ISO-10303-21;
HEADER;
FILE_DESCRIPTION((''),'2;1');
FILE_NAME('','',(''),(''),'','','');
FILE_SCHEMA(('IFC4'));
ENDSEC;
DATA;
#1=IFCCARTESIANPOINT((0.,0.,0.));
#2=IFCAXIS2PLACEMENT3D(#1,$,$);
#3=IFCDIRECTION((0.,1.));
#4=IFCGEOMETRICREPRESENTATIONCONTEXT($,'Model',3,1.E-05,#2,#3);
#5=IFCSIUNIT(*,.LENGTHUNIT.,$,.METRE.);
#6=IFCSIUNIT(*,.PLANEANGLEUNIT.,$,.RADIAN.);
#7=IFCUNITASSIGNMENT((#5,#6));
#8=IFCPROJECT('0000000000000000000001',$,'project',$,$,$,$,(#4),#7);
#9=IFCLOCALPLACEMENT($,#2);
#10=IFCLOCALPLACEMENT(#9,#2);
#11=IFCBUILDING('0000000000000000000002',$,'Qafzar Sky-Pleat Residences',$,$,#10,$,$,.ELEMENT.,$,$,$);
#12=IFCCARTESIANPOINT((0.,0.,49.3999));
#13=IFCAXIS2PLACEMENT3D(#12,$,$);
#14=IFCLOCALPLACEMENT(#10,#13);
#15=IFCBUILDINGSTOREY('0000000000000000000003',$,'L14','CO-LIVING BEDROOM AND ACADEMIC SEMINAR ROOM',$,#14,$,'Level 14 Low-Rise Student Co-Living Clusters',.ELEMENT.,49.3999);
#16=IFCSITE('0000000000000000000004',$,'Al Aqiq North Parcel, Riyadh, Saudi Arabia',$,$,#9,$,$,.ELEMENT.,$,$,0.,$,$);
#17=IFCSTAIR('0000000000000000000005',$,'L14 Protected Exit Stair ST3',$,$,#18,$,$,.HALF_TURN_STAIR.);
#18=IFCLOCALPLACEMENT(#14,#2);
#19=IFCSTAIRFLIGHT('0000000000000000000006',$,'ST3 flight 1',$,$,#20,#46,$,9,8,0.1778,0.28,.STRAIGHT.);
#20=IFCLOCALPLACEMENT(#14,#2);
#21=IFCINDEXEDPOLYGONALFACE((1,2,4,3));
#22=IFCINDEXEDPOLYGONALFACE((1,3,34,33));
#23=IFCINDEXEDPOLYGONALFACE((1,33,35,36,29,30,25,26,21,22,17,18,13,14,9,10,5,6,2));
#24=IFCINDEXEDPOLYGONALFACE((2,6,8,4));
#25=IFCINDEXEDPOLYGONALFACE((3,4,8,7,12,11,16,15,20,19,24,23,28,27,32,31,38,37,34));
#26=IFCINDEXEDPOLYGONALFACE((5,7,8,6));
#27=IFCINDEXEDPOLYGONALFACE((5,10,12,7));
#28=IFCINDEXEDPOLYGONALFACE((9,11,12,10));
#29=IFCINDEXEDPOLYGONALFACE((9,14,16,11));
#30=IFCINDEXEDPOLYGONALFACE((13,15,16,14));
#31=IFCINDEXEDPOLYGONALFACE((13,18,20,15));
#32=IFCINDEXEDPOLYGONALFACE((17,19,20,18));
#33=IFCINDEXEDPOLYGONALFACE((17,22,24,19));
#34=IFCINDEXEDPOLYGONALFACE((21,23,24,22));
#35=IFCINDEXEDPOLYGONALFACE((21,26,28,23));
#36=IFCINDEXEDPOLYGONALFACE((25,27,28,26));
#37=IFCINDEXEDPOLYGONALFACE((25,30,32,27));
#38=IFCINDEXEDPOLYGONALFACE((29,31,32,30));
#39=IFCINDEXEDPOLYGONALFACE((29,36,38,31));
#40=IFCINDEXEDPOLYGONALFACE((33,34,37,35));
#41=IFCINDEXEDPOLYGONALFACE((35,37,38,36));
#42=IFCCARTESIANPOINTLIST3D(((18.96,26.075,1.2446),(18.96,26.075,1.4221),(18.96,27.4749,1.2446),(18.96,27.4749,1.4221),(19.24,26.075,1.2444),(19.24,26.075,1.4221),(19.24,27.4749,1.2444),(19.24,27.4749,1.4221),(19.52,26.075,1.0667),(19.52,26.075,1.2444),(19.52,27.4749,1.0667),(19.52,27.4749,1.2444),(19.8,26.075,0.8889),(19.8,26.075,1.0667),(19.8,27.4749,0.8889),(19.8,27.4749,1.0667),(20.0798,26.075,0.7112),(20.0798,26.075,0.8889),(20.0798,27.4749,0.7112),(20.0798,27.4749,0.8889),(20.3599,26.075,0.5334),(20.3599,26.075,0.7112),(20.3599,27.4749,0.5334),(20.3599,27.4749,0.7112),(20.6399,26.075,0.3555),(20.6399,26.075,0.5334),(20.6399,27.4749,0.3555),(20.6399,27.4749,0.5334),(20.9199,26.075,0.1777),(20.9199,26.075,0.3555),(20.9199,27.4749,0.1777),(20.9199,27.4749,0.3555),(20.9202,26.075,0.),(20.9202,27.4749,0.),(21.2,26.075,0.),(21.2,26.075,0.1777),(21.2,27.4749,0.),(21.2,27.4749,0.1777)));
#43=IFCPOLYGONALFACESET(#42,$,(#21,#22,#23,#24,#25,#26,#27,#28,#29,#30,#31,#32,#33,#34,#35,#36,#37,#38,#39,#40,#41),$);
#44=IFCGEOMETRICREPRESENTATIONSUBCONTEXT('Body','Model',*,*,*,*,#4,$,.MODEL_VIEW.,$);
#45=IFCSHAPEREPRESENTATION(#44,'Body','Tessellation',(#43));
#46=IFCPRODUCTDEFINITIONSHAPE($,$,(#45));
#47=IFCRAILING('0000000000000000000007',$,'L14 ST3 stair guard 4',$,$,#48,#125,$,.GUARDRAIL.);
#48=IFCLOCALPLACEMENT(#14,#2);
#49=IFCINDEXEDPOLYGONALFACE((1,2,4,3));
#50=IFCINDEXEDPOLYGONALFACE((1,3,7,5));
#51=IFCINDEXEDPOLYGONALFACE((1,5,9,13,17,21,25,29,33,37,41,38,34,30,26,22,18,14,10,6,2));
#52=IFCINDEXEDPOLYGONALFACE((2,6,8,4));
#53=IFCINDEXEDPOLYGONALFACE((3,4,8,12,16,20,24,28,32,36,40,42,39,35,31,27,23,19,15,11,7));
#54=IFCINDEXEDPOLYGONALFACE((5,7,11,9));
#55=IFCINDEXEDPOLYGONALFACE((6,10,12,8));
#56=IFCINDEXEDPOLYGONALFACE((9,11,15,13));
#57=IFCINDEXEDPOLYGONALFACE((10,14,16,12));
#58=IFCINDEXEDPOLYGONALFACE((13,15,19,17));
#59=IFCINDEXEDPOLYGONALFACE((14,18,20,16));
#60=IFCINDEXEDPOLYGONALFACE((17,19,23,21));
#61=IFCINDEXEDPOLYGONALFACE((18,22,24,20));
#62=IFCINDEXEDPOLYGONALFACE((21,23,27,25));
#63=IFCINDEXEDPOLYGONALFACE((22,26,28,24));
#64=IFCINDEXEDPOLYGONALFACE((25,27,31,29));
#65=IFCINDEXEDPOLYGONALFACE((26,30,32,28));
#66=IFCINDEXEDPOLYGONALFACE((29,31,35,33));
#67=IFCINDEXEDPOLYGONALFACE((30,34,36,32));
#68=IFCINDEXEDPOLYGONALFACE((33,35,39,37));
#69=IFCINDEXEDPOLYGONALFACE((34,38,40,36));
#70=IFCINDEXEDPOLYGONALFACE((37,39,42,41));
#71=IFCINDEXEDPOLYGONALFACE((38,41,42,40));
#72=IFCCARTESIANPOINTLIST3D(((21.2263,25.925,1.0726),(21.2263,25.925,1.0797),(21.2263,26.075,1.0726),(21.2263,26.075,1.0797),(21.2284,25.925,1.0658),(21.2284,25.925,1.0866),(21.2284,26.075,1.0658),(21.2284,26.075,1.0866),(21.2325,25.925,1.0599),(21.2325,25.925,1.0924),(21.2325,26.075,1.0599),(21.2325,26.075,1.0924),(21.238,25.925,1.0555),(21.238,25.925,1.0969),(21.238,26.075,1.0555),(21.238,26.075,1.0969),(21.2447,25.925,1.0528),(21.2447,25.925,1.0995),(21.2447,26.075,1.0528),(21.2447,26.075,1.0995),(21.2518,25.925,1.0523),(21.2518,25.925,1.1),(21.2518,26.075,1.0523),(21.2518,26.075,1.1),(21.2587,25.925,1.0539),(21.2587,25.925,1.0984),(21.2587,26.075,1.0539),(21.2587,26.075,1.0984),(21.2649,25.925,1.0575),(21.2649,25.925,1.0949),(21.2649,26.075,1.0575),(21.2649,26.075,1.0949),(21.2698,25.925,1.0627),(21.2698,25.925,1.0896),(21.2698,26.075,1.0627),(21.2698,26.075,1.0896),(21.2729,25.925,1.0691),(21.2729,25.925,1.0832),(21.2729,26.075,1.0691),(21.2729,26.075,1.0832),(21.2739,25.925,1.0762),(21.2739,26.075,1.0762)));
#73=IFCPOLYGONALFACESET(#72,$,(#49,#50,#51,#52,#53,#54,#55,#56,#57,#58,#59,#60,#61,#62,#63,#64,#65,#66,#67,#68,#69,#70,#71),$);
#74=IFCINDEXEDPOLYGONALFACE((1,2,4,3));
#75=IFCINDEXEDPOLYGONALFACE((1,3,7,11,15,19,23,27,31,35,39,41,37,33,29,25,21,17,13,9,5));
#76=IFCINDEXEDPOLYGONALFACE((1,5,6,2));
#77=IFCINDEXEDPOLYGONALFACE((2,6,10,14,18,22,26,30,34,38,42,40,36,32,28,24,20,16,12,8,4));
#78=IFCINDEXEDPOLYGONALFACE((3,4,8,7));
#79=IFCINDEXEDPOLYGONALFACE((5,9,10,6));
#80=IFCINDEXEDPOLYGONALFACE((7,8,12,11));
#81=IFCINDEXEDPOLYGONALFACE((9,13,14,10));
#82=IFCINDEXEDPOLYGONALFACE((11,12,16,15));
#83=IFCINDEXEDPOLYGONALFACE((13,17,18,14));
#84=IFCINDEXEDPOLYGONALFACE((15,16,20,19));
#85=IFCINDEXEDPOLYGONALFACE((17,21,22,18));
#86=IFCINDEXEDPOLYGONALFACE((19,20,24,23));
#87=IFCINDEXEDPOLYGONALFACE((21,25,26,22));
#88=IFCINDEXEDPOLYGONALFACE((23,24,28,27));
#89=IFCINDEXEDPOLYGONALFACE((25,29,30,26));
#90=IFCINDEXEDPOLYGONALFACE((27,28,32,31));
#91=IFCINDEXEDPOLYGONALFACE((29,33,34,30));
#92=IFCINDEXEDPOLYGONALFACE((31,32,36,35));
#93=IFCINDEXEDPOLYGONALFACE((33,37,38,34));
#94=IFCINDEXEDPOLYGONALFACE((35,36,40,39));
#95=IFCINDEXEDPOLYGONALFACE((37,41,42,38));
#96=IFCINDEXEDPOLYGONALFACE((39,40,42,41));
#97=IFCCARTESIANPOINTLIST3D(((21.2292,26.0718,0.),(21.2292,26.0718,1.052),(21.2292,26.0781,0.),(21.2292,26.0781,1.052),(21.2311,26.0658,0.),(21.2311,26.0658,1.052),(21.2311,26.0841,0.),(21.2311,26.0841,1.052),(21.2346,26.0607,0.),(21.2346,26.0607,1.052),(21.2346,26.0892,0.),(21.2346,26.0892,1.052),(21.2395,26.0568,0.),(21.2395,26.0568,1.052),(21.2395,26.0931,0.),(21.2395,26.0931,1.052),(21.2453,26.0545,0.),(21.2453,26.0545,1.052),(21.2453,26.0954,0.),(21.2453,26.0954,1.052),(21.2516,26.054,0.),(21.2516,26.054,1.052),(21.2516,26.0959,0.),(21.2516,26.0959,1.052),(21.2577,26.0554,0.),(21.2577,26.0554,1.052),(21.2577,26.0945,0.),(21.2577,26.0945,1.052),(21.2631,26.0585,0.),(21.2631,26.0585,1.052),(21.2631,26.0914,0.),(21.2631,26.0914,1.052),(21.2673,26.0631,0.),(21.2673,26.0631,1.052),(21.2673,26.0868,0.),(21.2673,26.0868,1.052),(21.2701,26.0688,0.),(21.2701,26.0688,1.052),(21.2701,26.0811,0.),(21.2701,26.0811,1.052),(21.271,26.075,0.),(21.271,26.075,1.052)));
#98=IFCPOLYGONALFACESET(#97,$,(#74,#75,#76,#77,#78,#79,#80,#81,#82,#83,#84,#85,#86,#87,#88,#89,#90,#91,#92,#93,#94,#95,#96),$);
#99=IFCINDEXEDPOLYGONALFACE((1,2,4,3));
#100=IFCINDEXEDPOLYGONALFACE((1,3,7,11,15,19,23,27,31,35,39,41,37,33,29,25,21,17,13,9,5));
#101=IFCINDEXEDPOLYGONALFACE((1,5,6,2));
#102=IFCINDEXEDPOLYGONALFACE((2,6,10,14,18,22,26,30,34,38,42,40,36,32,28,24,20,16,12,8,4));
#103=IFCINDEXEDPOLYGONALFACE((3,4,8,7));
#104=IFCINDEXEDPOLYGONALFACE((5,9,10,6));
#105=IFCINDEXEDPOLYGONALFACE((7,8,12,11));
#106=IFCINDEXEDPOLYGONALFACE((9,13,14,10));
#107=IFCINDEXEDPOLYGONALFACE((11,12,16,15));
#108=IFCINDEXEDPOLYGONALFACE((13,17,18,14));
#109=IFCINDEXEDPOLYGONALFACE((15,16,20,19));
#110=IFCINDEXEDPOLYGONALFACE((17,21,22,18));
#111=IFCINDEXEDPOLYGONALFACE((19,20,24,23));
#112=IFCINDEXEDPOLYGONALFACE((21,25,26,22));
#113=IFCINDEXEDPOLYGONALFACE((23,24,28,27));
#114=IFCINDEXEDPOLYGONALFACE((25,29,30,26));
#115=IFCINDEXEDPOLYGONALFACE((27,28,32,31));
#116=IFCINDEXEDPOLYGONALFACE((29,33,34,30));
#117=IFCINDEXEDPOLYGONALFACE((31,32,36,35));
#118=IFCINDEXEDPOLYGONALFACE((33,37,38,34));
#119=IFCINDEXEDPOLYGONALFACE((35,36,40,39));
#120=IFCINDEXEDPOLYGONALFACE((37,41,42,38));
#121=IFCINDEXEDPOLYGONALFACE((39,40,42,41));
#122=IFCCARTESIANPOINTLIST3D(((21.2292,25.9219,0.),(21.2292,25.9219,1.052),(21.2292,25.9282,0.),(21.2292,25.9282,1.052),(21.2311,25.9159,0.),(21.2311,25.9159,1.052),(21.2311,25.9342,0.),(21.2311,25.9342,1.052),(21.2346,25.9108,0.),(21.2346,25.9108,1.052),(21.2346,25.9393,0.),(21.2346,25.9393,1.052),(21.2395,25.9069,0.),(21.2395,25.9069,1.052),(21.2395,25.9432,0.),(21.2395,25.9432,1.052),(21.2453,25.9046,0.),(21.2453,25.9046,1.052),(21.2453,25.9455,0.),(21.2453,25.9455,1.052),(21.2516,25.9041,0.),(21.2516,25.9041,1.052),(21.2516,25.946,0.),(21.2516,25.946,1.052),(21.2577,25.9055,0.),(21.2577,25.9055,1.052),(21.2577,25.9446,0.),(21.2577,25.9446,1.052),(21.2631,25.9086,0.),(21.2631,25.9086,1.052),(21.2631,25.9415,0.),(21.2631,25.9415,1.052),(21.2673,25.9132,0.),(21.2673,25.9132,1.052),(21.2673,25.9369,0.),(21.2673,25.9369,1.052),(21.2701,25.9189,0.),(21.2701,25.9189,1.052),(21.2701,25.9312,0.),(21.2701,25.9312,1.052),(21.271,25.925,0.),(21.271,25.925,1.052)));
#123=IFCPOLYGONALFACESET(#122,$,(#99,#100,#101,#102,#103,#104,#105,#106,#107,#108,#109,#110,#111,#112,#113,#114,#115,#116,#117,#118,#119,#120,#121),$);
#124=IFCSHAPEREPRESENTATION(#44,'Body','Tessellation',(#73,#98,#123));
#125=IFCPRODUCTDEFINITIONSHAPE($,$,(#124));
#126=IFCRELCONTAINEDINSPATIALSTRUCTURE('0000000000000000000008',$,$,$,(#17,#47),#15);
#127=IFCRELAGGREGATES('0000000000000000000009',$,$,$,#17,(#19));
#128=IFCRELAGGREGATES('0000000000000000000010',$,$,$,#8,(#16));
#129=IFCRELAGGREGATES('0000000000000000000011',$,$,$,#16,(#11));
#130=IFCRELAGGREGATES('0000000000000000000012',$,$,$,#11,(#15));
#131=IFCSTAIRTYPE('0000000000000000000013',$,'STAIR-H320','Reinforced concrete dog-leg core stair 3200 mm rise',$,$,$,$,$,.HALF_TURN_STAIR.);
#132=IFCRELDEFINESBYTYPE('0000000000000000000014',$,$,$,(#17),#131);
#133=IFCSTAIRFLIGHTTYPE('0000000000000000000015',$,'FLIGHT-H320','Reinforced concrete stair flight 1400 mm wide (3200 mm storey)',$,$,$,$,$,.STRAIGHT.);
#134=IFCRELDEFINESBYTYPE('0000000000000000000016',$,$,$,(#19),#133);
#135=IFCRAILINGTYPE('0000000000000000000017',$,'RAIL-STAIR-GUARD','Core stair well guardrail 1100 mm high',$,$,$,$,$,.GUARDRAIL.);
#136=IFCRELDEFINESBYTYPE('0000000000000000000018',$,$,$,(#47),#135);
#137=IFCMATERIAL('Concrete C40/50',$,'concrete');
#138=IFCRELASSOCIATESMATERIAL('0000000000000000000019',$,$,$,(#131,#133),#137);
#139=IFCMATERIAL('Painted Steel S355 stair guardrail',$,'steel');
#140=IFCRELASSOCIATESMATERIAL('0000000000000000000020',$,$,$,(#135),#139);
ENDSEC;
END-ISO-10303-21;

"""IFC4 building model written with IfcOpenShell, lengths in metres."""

from ifc_helpers import new_model, si_unit, direction, frame, origin, origin_2d, place, context, subcontext, project, spatial, polyline, circle, outline, extrude, source, transform, mapped, material, type_object, element, aggregate, save


model = new_model("IFC4")

# Units and contexts
model_context = context("Model", 3, precision=1e-05, world=origin(), true_north=direction((0.0, 1.0)))
body_context = subcontext(model_context, "Body", "Model", "MODEL_VIEW")
ifc_project = project(units=[si_unit("LENGTHUNIT", "METRE"), si_unit("PLANEANGLEUNIT", "RADIAN")], contexts=[model_context])

# Site, building, storey
site_placement = place(None, origin())
site = spatial("IfcSite", under=ifc_project, at=site_placement, Name="Al Aqiq North Parcel, Riyadh, Saudi Arabia", CompositionType="ELEMENT", RefElevation=0.0)
building_placement = place(site_placement, origin())
building = spatial("IfcBuilding", under=site, at=building_placement, Name="Qafzar Sky-Pleat Residences", CompositionType="ELEMENT")
storey_placement = place(building_placement, frame((0.0, 0.0, 49.3999)))
storey = spatial("IfcBuildingStorey", under=building, at=storey_placement, Name="L14", Description="CO-LIVING BEDROOM AND ACADEMIC SEMINAR ROOM", LongName="Level 14 Low-Rise Student Co-Living Clusters", CompositionType="ELEMENT", Elevation=49.3999)

# Stair, stair flight
ifc_material_1 = material(Name="Concrete C40/50", Category="concrete")
stair_type = type_object("IfcStairType", Name="STAIR-H320", Description="Reinforced concrete dog-leg core stair 3200 mm rise", PredefinedType="HALF_TURN_STAIR", material=ifc_material_1)
stair_placement = place(storey_placement, origin())
stair = element("IfcStair", 1, at=stair_placement, inside=storey, type_object=stair_type, Name="L14 Protected Exit Stair ST3", PredefinedType="HALF_TURN_STAIR")
stair_flight_type = type_object("IfcStairFlightType", Name="FLIGHT-H320", Description="Reinforced concrete stair flight 1400 mm wide (3200 mm storey)", PredefinedType="STRAIGHT", material=ifc_material_1)
shared_shape_1 = source(origin(), body_context, "Body", "SweptSolid", [
    extrude(outline(polyline([(0.0, 0.0), (0.0, 0.1777), (0.28, 0.1777), (0.28, 0.3555), (0.5601, 0.3555), (0.5601, 0.5334), (0.8401, 0.5334), (0.8401, 0.7112), (1.1201, 0.7112), (1.1201, 0.8889), (1.3999, 0.8889), (1.3999, 1.0667), (1.6799, 1.0667), (1.6799, 1.2444), (1.96, 1.2444), (1.96, 1.4221), (2.24, 1.4221), (2.24, 1.6001), (2.24, 1.2446), (0.2798, 0.0), (0.0, 0.0)])), frame((0.0, 0.7, 0.0), z_axis=(0.0, -1.0, 0.0), x_axis=(1.0, 0.0, 0.0)), (0.0, 0.0, 1.0), 1.3999),
])
stair_flight_placement = place(storey_placement, frame((21.2, 26.7749, 0.0), z_axis=(0.0, 0.0, 1.0), x_axis=(-1.0, 0.0, 0.0)))
stair_flight = element("IfcStairFlight", 2, at=stair_flight_placement, type_object=stair_flight_type, Name="ST3 flight 1", NumberOfRisers=9, NumberOfTreads=8, PredefinedType="STRAIGHT", RiserHeight=0.1778, TreadLength=0.28, context=body_context, shape_type="MappedRepresentation", body=[
    mapped(shared_shape_1, transform((0.0, 0.0, 0.0), x_axis=(1.0, 0.0, 0.0), y_axis=(0.0, 1.0, 0.0), z_axis=(0.0, 0.0, 1.0), scale=1.0)),
])
aggregate(stair, [stair_flight])

# Railing
ifc_material_2 = material(Name="Painted Steel S355 stair guardrail", Category="steel")
railing_type_1 = type_object("IfcRailingType", Name="RAIL-STAIR-GUARD", Description="Core stair well guardrail 1100 mm high", PredefinedType="GUARDRAIL", material=ifc_material_2)
shared_shape_2 = source(origin(), body_context, "Body", "SweptSolid", [
    extrude(circle(Radius=0.0239, at=origin_2d()), frame((0.0, 0.0, 1.0762), z_axis=(0.0, -1.0, 0.0), x_axis=(1.0, 0.0, 0.0)), (0.0, 0.0, 1.0), 0.1499),
    extrude(circle(Radius=0.021, at=origin_2d()), origin(), (0.0, 0.0, 1.0), 1.052),
    extrude(circle(Radius=0.021, at=origin_2d()), frame((0.0, -0.1499, 0.0)), (0.0, 0.0, 1.0), 1.052),
])
railing_1_placement = place(storey_placement, frame((21.25, 26.075, 0.0)))
element("IfcRailing", 3, at=railing_1_placement, inside=storey, type_object=railing_type_1, Name="L14 ST3 stair guard 4", PredefinedType="GUARDRAIL", context=body_context, shape_type="MappedRepresentation", body=[
    mapped(shared_shape_2, transform((0.0, 0.0, 0.0), x_axis=(1.0, 0.0, 0.0), y_axis=(0.0, 1.0, 0.0), z_axis=(0.0, 0.0, 1.0), scale=1.0)),
])

save(model, "model.ifc")
